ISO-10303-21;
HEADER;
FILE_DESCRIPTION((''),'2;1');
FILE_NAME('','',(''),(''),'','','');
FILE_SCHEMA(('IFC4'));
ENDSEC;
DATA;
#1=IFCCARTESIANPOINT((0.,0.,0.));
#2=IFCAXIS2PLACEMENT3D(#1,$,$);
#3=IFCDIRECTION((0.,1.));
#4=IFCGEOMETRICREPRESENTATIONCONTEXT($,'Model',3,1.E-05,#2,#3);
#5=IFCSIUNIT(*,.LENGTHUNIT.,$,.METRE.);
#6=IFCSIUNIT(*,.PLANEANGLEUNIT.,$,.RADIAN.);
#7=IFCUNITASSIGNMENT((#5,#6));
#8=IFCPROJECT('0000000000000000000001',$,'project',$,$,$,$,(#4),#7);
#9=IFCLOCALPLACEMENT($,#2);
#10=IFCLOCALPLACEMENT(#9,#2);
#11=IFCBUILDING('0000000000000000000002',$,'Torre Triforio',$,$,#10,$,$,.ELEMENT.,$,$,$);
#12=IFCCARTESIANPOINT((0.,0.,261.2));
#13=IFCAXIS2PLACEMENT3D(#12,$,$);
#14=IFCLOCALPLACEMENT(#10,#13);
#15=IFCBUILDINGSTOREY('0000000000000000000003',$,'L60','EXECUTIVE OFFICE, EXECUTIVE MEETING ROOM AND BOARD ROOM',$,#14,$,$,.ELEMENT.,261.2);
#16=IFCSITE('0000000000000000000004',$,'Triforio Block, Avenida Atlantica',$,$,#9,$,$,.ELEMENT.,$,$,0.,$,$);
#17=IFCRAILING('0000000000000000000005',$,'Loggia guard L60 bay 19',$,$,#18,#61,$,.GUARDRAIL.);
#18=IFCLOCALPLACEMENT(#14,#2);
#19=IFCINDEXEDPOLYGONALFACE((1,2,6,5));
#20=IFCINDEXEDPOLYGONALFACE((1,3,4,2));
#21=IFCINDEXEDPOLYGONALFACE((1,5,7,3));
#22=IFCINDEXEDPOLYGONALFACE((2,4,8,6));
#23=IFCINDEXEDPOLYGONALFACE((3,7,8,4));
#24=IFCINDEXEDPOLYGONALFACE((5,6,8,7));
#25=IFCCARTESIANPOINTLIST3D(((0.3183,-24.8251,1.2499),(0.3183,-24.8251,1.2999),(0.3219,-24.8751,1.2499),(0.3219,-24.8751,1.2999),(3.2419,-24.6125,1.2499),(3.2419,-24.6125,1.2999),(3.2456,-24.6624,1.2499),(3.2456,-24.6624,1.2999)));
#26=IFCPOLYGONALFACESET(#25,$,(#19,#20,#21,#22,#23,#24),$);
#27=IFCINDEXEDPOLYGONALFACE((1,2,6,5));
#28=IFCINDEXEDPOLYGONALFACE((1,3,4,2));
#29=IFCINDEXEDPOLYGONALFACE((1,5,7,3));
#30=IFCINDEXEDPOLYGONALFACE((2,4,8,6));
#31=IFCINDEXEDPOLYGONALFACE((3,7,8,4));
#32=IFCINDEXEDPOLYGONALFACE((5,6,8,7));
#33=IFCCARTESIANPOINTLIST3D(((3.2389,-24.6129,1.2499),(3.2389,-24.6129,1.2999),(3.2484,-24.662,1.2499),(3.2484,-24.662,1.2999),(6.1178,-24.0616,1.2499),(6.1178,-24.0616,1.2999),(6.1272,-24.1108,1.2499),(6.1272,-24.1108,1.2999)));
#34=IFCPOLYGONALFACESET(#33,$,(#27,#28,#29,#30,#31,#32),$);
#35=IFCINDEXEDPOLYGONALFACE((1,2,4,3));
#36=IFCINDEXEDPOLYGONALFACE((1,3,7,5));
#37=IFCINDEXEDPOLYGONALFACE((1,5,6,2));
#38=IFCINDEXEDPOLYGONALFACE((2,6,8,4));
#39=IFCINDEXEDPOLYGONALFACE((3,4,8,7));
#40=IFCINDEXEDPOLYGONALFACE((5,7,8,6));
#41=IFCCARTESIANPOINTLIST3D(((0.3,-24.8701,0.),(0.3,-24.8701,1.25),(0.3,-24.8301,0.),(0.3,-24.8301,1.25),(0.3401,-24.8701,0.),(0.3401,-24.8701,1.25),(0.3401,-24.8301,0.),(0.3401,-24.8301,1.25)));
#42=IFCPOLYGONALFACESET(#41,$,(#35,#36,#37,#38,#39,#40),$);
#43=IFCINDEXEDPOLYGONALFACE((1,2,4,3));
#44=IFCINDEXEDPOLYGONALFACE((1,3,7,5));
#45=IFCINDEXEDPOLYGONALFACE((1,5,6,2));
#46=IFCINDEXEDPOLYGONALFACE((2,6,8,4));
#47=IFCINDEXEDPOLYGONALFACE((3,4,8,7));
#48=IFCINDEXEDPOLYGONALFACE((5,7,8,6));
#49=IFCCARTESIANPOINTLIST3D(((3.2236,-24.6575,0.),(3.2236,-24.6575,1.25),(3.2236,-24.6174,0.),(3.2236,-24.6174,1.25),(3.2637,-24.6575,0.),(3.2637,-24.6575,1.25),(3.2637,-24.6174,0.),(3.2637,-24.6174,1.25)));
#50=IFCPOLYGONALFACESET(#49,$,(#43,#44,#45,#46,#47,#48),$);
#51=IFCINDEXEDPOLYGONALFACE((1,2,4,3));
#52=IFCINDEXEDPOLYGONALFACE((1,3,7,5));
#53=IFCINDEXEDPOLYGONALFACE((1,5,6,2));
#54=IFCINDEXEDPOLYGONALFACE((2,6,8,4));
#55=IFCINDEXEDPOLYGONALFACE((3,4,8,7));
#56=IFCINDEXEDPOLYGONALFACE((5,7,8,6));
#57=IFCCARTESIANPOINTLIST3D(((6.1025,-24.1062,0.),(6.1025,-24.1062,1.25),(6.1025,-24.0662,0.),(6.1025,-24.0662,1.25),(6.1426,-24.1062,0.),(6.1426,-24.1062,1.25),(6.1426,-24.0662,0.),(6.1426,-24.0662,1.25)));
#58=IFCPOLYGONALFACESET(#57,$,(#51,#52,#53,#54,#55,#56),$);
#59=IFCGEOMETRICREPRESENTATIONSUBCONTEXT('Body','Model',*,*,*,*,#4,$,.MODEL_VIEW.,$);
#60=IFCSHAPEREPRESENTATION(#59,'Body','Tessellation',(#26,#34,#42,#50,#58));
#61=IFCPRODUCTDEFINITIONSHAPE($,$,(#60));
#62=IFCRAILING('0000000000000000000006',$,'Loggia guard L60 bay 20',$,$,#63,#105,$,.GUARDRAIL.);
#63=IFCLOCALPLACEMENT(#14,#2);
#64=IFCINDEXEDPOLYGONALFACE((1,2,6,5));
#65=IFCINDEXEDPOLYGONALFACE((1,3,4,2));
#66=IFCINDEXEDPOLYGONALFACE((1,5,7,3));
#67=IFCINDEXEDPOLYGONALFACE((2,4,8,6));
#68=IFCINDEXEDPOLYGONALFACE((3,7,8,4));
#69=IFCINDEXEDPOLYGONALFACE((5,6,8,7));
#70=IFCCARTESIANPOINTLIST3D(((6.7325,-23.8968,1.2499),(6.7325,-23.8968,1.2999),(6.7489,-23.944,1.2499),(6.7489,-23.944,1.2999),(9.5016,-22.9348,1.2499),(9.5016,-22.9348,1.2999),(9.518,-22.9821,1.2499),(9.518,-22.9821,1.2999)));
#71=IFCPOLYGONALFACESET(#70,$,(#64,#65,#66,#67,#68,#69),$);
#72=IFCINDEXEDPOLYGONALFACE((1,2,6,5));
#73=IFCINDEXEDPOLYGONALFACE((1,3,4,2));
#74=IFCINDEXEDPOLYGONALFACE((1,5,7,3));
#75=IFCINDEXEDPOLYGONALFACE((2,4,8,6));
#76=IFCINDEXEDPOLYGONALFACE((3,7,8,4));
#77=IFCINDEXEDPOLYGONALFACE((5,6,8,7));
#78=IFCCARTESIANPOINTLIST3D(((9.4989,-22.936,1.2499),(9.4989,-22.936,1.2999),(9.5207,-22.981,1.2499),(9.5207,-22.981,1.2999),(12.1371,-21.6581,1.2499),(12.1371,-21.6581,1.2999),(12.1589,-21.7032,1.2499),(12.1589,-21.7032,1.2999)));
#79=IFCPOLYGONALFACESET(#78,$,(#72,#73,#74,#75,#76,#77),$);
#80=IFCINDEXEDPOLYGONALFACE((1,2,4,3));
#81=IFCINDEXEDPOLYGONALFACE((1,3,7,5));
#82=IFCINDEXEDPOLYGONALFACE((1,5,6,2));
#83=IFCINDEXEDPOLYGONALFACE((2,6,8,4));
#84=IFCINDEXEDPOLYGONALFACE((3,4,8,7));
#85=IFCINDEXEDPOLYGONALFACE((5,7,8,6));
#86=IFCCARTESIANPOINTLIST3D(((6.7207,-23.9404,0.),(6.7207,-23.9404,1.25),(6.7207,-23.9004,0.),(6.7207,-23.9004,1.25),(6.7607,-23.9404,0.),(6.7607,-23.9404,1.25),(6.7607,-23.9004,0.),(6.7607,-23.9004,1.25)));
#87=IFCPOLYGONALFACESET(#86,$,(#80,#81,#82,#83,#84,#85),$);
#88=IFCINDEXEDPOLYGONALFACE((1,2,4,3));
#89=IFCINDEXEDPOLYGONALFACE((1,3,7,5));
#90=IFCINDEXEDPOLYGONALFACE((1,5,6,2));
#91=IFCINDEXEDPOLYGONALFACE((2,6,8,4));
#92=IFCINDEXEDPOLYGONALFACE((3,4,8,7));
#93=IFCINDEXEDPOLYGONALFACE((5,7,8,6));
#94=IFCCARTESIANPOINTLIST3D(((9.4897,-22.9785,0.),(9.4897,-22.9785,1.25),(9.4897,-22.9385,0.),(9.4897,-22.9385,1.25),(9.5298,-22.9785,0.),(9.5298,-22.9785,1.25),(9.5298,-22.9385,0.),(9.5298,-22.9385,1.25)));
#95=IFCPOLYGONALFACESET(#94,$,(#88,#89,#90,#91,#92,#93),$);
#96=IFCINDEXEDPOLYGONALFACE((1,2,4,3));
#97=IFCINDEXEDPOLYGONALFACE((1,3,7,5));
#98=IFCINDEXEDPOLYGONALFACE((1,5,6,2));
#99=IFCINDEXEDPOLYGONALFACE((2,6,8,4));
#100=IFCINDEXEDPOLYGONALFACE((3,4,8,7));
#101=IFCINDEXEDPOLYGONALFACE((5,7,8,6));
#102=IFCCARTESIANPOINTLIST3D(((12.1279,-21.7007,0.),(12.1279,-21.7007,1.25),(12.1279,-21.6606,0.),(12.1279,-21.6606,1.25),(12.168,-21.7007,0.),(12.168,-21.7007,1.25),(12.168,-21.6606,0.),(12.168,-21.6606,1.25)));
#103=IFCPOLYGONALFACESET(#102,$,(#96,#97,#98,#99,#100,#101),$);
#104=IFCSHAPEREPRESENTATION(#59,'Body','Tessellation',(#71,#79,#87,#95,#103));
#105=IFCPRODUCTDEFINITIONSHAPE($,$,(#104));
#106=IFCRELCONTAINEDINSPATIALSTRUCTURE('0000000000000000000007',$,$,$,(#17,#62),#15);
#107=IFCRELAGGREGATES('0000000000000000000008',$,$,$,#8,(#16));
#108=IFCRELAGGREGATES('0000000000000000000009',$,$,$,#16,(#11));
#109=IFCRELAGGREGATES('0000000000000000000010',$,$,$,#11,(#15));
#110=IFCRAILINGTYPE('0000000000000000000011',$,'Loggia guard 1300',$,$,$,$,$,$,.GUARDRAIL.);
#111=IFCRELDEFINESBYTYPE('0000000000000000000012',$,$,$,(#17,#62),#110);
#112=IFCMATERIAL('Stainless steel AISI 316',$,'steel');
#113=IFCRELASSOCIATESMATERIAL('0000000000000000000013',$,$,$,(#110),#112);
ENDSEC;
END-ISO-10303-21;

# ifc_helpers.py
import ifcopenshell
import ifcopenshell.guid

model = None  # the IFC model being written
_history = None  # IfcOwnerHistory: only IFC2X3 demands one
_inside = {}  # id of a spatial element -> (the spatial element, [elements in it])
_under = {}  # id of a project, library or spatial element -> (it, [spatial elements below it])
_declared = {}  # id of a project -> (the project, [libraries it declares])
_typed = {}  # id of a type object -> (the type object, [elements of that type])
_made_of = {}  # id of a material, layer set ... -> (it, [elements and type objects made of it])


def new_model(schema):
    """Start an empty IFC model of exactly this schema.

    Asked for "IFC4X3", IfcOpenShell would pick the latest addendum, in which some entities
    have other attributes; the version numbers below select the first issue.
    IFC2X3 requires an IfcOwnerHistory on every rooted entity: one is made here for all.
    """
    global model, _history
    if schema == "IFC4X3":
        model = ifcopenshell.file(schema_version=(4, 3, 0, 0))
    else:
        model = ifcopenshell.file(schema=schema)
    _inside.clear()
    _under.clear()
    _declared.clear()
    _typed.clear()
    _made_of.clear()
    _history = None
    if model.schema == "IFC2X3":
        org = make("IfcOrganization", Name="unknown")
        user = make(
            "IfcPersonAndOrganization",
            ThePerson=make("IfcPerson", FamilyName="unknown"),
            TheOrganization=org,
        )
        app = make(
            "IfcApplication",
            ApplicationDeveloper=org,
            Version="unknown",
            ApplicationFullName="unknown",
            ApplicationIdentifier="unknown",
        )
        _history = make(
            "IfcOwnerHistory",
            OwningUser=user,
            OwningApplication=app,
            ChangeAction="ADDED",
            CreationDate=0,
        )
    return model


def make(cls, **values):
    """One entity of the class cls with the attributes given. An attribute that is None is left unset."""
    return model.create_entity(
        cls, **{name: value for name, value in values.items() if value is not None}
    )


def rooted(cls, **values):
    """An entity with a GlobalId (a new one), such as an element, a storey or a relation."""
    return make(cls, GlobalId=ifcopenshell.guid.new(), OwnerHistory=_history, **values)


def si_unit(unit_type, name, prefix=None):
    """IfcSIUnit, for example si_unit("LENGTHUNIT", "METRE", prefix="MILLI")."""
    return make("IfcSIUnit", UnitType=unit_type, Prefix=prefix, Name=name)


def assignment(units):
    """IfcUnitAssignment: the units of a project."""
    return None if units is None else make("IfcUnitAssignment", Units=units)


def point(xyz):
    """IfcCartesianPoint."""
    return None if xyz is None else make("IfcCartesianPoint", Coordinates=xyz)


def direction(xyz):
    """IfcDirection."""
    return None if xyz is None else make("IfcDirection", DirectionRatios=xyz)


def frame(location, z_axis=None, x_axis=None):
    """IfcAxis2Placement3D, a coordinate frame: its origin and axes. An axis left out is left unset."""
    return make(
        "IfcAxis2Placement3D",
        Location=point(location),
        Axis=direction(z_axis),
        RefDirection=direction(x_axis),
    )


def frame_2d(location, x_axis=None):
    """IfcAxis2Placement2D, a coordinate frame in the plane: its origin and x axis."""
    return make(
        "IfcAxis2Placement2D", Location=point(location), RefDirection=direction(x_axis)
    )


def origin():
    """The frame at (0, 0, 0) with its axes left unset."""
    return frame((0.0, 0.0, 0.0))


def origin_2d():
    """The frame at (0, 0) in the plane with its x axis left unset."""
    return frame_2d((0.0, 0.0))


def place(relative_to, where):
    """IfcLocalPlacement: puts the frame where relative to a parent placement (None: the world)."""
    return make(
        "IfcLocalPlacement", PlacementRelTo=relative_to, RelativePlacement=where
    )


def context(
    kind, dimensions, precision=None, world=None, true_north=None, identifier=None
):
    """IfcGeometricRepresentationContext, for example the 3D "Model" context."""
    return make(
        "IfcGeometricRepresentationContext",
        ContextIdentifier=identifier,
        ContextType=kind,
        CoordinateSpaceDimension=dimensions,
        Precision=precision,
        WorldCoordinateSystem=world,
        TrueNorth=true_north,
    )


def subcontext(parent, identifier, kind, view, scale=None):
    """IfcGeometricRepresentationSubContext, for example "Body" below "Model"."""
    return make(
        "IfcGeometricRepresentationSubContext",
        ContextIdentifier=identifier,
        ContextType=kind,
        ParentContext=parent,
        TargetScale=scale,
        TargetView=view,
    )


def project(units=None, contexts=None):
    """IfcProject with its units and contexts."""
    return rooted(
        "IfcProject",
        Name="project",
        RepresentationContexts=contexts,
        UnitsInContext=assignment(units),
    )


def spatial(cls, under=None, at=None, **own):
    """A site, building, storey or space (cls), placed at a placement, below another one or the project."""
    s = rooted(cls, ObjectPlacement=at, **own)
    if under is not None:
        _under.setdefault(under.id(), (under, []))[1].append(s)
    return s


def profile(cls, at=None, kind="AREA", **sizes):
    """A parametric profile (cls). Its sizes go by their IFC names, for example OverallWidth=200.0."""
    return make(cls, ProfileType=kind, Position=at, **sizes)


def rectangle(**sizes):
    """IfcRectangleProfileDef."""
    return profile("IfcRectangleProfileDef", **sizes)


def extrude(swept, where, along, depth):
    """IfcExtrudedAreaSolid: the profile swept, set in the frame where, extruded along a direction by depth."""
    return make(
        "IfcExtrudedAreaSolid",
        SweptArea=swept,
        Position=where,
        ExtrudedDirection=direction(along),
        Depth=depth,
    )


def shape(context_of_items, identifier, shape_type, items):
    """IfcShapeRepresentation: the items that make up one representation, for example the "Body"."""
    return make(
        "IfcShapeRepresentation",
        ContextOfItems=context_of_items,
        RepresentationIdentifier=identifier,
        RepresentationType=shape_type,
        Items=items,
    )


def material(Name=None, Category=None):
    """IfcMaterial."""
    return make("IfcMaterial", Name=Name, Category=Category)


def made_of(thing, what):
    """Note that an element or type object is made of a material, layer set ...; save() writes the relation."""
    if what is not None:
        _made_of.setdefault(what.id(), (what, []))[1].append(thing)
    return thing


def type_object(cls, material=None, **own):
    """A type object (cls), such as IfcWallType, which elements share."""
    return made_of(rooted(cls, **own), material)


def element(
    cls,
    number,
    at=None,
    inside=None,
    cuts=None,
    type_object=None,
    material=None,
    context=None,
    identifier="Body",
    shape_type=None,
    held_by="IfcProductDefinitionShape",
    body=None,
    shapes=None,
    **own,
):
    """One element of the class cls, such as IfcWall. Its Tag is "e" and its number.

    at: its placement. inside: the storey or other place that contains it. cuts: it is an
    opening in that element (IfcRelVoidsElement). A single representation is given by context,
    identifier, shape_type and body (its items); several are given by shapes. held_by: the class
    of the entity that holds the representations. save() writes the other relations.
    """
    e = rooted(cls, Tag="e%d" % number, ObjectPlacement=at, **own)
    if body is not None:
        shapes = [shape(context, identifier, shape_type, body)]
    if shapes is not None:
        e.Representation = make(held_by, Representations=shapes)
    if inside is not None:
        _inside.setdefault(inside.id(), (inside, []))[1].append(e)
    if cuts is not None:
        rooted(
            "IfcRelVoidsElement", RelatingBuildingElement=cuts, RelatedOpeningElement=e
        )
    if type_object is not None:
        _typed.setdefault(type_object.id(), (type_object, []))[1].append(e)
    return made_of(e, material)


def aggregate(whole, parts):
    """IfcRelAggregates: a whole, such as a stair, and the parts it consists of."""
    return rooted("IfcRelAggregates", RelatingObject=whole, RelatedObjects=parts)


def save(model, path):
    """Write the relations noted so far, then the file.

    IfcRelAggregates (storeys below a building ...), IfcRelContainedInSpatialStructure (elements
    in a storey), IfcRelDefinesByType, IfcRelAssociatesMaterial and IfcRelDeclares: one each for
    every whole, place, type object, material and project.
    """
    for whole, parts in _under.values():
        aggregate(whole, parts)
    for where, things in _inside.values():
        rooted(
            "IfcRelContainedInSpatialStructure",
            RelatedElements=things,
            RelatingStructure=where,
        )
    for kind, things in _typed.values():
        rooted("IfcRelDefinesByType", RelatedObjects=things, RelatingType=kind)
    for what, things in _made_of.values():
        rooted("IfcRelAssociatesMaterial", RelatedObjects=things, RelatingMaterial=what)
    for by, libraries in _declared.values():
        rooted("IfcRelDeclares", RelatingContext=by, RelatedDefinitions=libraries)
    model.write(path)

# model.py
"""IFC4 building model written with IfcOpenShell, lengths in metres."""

from ifc_helpers import new_model, si_unit, direction, frame, origin, origin_2d, place, context, subcontext, project, spatial, rectangle, extrude, material, type_object, element, save


model = new_model("IFC4")

# Units and contexts
model_context = context("Model", 3, precision=1e-05, world=origin(), true_north=direction((0.0, 1.0)))
body_context = subcontext(model_context, "Body", "Model", "MODEL_VIEW")
ifc_project = project(units=[si_unit("LENGTHUNIT", "METRE"), si_unit("PLANEANGLEUNIT", "RADIAN")], contexts=[model_context])

# Site, building, storey
site_placement = place(None, origin())
site = spatial("IfcSite", under=ifc_project, at=site_placement, Name="Triforio Block, Avenida Atlantica", CompositionType="ELEMENT", RefElevation=0.0)
building_placement = place(site_placement, origin())
building = spatial("IfcBuilding", under=site, at=building_placement, Name="Torre Triforio", CompositionType="ELEMENT")
storey_placement = place(building_placement, frame((0.0, 0.0, 261.2)))
storey = spatial("IfcBuildingStorey", under=building, at=storey_placement, Name="L60", Description="EXECUTIVE OFFICE, EXECUTIVE MEETING ROOM AND BOARD ROOM", CompositionType="ELEMENT", Elevation=261.2)

# Railings
ifc_material_1 = material(Name="Stainless steel AISI 316", Category="steel")
railing_type = type_object("IfcRailingType", Name="Loggia guard 1300", PredefinedType="GUARDRAIL", material=ifc_material_1)
railing_1_placement = place(storey_placement, frame((0.3201, -24.8501, 0.0)))
element("IfcRailing", 1, at=railing_1_placement, inside=storey, type_object=railing_type, Name="Loggia guard L60 bay 19", PredefinedType="GUARDRAIL", context=body_context, shape_type="SweptSolid", body=[
    extrude(rectangle(XDim=0.05, YDim=0.05, at=origin_2d()), frame((0.0, 0.0, 1.2749), z_axis=(0.997365, 0.072543, 0.0), x_axis=(-0.072543, 0.997365, 0.0)), (0.0, 0.0, 1.0), 2.9314),
    extrude(rectangle(XDim=0.05, YDim=0.05, at=origin_2d()), frame((2.9236, 0.2126, 1.2749), z_axis=(0.982156, 0.188069, 0.0), x_axis=(-0.188069, 0.982156, 0.0)), (0.0, 0.0, 1.0), 2.9312),
    extrude(rectangle(XDim=0.04, YDim=0.04, at=origin_2d()), origin(), (0.0, 0.0, 1.0), 1.25),
    extrude(rectangle(XDim=0.04, YDim=0.04, at=origin_2d()), frame((2.9236, 0.2126, 0.0)), (0.0, 0.0, 1.0), 1.25),
    extrude(rectangle(XDim=0.04, YDim=0.04, at=origin_2d()), frame((5.8025, 0.7639, 0.0)), (0.0, 0.0, 1.0), 1.25),
])
railing_2_placement = place(storey_placement, frame((6.7407, -23.9204, 0.0)))
element("IfcRailing", 2, at=railing_2_placement, inside=storey, type_object=railing_type, Name="Loggia guard L60 bay 20", PredefinedType="GUARDRAIL", context=body_context, shape_type="SweptSolid", body=[
    extrude(rectangle(XDim=0.05, YDim=0.05, at=origin_2d()), frame((0.0, 0.0, 1.2749), z_axis=(0.944627, 0.328146, 0.0), x_axis=(-0.328146, 0.944627, 0.0)), (0.0, 0.0, 1.0), 2.9314),
    extrude(rectangle(XDim=0.05, YDim=0.05, at=origin_2d()), frame((2.769, 0.9619, 1.2749), z_axis=(0.899986, 0.435918, 0.0), x_axis=(-0.435918, 0.899986, 0.0)), (0.0, 0.0, 1.0), 2.9314),
    extrude(rectangle(XDim=0.04, YDim=0.04, at=origin_2d()), origin(), (0.0, 0.0, 1.0), 1.25),
    extrude(rectangle(XDim=0.04, YDim=0.04, at=origin_2d()), frame((2.769, 0.9619, 0.0)), (0.0, 0.0, 1.0), 1.25),
    extrude(rectangle(XDim=0.04, YDim=0.04, at=origin_2d()), frame((5.4072, 2.2397, 0.0)), (0.0, 0.0, 1.0), 1.25),
])

save(model, "model.ifc")
